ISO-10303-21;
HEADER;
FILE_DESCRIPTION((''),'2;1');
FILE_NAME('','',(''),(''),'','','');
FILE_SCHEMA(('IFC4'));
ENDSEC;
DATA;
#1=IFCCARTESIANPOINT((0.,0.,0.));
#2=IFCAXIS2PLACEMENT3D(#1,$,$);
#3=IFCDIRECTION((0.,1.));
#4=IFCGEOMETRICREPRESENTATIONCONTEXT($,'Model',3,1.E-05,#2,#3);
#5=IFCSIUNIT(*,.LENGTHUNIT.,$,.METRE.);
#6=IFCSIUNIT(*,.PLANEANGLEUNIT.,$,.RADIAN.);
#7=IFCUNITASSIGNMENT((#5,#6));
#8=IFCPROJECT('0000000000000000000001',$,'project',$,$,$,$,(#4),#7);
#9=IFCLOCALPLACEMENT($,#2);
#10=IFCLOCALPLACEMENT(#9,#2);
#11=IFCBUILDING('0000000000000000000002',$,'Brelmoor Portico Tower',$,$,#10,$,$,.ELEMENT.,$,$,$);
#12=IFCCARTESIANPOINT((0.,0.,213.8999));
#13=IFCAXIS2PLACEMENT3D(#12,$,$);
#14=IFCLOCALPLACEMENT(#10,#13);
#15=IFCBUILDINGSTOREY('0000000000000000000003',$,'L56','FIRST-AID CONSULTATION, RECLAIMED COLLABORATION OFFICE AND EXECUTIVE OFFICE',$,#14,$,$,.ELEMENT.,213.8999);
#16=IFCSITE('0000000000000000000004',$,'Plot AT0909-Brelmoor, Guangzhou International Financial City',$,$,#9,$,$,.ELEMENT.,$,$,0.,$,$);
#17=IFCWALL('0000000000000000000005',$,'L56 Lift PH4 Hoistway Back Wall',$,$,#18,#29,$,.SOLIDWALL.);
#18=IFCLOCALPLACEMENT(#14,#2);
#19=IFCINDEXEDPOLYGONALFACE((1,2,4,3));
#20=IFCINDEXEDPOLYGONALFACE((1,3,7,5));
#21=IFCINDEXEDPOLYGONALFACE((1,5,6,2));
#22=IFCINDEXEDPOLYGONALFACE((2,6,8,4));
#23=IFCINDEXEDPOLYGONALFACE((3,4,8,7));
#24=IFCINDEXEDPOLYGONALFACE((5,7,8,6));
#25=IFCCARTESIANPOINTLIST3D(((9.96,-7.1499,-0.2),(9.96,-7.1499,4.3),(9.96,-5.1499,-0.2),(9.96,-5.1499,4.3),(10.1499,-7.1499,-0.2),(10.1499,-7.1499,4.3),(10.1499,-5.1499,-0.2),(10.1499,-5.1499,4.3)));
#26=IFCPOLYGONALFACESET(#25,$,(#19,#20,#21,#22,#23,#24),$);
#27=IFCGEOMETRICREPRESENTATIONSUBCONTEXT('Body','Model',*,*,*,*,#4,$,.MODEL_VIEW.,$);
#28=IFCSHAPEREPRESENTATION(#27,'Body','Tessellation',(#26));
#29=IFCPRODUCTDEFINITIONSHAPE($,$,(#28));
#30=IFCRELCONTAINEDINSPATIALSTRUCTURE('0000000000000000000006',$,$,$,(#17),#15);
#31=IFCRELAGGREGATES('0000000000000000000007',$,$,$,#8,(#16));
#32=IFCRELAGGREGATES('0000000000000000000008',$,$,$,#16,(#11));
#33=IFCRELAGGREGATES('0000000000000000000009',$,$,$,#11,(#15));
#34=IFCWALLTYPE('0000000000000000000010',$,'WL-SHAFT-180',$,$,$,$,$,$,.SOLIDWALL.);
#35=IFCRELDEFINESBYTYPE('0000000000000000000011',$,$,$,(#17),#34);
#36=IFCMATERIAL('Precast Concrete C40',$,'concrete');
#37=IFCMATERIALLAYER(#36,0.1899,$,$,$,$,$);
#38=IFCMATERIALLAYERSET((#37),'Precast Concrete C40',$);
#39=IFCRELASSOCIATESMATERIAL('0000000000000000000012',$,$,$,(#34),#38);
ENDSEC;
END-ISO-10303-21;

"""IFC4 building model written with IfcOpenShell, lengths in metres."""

from ifc_helpers import new_model, si_unit, direction, frame, frame_2d, origin, place, context, subcontext, project, spatial, rectangle, extrude, material, layer, layer_set, type_object, element, save


model = new_model("IFC4")

# Units and contexts
model_context = context("Model", 3, precision=1e-05, world=origin(), true_north=direction((0.0, 1.0)))
body_context = subcontext(model_context, "Body", "Model", "MODEL_VIEW")
ifc_project = project(units=[si_unit("LENGTHUNIT", "METRE"), si_unit("PLANEANGLEUNIT", "RADIAN")], contexts=[model_context])

# Site, building, storey
site_placement = place(None, origin())
site = spatial("IfcSite", under=ifc_project, at=site_placement, Name="Plot AT0909-Brelmoor, Guangzhou International Financial City", CompositionType="ELEMENT", RefElevation=0.0)
building_placement = place(site_placement, origin())
building = spatial("IfcBuilding", under=site, at=building_placement, Name="Brelmoor Portico Tower", CompositionType="ELEMENT")
storey_placement = place(building_placement, frame((0.0, 0.0, 213.8999)))
storey = spatial("IfcBuildingStorey", under=building, at=storey_placement, Name="L56", Description="FIRST-AID CONSULTATION, RECLAIMED COLLABORATION OFFICE AND EXECUTIVE OFFICE", CompositionType="ELEMENT", Elevation=213.8999)

# Shared definitions
ifc_material_1 = material(Name="Precast Concrete C40", Category="concrete")
ifc_layer_1 = layer(ifc_material_1, 0.1899)
ifc_layer_set_1 = layer_set([ifc_layer_1], Name="Precast Concrete C40")
wall_type_1 = type_object("IfcWallType", Name="WL-SHAFT-180", PredefinedType="SOLIDWALL", material=ifc_layer_set_1)

# Wall
wall_1_placement = place(storey_placement, frame((10.0549, -7.1499, -0.2), z_axis=(0.0, 0.0, 1.0), x_axis=(0.0, 1.0, 0.0)))
element("IfcWall", 1, at=wall_1_placement, inside=storey, type_object=wall_type_1, Name="L56 Lift PH4 Hoistway Back Wall", PredefinedType="SOLIDWALL", context=body_context, shape_type="SweptSolid", body=[
    extrude(rectangle(XDim=2.0, YDim=0.1899, at=frame_2d((1.0, 0.0))), origin(), (0.0, 0.0, 1.0), 4.5),
])

save(model, "model.ifc")
